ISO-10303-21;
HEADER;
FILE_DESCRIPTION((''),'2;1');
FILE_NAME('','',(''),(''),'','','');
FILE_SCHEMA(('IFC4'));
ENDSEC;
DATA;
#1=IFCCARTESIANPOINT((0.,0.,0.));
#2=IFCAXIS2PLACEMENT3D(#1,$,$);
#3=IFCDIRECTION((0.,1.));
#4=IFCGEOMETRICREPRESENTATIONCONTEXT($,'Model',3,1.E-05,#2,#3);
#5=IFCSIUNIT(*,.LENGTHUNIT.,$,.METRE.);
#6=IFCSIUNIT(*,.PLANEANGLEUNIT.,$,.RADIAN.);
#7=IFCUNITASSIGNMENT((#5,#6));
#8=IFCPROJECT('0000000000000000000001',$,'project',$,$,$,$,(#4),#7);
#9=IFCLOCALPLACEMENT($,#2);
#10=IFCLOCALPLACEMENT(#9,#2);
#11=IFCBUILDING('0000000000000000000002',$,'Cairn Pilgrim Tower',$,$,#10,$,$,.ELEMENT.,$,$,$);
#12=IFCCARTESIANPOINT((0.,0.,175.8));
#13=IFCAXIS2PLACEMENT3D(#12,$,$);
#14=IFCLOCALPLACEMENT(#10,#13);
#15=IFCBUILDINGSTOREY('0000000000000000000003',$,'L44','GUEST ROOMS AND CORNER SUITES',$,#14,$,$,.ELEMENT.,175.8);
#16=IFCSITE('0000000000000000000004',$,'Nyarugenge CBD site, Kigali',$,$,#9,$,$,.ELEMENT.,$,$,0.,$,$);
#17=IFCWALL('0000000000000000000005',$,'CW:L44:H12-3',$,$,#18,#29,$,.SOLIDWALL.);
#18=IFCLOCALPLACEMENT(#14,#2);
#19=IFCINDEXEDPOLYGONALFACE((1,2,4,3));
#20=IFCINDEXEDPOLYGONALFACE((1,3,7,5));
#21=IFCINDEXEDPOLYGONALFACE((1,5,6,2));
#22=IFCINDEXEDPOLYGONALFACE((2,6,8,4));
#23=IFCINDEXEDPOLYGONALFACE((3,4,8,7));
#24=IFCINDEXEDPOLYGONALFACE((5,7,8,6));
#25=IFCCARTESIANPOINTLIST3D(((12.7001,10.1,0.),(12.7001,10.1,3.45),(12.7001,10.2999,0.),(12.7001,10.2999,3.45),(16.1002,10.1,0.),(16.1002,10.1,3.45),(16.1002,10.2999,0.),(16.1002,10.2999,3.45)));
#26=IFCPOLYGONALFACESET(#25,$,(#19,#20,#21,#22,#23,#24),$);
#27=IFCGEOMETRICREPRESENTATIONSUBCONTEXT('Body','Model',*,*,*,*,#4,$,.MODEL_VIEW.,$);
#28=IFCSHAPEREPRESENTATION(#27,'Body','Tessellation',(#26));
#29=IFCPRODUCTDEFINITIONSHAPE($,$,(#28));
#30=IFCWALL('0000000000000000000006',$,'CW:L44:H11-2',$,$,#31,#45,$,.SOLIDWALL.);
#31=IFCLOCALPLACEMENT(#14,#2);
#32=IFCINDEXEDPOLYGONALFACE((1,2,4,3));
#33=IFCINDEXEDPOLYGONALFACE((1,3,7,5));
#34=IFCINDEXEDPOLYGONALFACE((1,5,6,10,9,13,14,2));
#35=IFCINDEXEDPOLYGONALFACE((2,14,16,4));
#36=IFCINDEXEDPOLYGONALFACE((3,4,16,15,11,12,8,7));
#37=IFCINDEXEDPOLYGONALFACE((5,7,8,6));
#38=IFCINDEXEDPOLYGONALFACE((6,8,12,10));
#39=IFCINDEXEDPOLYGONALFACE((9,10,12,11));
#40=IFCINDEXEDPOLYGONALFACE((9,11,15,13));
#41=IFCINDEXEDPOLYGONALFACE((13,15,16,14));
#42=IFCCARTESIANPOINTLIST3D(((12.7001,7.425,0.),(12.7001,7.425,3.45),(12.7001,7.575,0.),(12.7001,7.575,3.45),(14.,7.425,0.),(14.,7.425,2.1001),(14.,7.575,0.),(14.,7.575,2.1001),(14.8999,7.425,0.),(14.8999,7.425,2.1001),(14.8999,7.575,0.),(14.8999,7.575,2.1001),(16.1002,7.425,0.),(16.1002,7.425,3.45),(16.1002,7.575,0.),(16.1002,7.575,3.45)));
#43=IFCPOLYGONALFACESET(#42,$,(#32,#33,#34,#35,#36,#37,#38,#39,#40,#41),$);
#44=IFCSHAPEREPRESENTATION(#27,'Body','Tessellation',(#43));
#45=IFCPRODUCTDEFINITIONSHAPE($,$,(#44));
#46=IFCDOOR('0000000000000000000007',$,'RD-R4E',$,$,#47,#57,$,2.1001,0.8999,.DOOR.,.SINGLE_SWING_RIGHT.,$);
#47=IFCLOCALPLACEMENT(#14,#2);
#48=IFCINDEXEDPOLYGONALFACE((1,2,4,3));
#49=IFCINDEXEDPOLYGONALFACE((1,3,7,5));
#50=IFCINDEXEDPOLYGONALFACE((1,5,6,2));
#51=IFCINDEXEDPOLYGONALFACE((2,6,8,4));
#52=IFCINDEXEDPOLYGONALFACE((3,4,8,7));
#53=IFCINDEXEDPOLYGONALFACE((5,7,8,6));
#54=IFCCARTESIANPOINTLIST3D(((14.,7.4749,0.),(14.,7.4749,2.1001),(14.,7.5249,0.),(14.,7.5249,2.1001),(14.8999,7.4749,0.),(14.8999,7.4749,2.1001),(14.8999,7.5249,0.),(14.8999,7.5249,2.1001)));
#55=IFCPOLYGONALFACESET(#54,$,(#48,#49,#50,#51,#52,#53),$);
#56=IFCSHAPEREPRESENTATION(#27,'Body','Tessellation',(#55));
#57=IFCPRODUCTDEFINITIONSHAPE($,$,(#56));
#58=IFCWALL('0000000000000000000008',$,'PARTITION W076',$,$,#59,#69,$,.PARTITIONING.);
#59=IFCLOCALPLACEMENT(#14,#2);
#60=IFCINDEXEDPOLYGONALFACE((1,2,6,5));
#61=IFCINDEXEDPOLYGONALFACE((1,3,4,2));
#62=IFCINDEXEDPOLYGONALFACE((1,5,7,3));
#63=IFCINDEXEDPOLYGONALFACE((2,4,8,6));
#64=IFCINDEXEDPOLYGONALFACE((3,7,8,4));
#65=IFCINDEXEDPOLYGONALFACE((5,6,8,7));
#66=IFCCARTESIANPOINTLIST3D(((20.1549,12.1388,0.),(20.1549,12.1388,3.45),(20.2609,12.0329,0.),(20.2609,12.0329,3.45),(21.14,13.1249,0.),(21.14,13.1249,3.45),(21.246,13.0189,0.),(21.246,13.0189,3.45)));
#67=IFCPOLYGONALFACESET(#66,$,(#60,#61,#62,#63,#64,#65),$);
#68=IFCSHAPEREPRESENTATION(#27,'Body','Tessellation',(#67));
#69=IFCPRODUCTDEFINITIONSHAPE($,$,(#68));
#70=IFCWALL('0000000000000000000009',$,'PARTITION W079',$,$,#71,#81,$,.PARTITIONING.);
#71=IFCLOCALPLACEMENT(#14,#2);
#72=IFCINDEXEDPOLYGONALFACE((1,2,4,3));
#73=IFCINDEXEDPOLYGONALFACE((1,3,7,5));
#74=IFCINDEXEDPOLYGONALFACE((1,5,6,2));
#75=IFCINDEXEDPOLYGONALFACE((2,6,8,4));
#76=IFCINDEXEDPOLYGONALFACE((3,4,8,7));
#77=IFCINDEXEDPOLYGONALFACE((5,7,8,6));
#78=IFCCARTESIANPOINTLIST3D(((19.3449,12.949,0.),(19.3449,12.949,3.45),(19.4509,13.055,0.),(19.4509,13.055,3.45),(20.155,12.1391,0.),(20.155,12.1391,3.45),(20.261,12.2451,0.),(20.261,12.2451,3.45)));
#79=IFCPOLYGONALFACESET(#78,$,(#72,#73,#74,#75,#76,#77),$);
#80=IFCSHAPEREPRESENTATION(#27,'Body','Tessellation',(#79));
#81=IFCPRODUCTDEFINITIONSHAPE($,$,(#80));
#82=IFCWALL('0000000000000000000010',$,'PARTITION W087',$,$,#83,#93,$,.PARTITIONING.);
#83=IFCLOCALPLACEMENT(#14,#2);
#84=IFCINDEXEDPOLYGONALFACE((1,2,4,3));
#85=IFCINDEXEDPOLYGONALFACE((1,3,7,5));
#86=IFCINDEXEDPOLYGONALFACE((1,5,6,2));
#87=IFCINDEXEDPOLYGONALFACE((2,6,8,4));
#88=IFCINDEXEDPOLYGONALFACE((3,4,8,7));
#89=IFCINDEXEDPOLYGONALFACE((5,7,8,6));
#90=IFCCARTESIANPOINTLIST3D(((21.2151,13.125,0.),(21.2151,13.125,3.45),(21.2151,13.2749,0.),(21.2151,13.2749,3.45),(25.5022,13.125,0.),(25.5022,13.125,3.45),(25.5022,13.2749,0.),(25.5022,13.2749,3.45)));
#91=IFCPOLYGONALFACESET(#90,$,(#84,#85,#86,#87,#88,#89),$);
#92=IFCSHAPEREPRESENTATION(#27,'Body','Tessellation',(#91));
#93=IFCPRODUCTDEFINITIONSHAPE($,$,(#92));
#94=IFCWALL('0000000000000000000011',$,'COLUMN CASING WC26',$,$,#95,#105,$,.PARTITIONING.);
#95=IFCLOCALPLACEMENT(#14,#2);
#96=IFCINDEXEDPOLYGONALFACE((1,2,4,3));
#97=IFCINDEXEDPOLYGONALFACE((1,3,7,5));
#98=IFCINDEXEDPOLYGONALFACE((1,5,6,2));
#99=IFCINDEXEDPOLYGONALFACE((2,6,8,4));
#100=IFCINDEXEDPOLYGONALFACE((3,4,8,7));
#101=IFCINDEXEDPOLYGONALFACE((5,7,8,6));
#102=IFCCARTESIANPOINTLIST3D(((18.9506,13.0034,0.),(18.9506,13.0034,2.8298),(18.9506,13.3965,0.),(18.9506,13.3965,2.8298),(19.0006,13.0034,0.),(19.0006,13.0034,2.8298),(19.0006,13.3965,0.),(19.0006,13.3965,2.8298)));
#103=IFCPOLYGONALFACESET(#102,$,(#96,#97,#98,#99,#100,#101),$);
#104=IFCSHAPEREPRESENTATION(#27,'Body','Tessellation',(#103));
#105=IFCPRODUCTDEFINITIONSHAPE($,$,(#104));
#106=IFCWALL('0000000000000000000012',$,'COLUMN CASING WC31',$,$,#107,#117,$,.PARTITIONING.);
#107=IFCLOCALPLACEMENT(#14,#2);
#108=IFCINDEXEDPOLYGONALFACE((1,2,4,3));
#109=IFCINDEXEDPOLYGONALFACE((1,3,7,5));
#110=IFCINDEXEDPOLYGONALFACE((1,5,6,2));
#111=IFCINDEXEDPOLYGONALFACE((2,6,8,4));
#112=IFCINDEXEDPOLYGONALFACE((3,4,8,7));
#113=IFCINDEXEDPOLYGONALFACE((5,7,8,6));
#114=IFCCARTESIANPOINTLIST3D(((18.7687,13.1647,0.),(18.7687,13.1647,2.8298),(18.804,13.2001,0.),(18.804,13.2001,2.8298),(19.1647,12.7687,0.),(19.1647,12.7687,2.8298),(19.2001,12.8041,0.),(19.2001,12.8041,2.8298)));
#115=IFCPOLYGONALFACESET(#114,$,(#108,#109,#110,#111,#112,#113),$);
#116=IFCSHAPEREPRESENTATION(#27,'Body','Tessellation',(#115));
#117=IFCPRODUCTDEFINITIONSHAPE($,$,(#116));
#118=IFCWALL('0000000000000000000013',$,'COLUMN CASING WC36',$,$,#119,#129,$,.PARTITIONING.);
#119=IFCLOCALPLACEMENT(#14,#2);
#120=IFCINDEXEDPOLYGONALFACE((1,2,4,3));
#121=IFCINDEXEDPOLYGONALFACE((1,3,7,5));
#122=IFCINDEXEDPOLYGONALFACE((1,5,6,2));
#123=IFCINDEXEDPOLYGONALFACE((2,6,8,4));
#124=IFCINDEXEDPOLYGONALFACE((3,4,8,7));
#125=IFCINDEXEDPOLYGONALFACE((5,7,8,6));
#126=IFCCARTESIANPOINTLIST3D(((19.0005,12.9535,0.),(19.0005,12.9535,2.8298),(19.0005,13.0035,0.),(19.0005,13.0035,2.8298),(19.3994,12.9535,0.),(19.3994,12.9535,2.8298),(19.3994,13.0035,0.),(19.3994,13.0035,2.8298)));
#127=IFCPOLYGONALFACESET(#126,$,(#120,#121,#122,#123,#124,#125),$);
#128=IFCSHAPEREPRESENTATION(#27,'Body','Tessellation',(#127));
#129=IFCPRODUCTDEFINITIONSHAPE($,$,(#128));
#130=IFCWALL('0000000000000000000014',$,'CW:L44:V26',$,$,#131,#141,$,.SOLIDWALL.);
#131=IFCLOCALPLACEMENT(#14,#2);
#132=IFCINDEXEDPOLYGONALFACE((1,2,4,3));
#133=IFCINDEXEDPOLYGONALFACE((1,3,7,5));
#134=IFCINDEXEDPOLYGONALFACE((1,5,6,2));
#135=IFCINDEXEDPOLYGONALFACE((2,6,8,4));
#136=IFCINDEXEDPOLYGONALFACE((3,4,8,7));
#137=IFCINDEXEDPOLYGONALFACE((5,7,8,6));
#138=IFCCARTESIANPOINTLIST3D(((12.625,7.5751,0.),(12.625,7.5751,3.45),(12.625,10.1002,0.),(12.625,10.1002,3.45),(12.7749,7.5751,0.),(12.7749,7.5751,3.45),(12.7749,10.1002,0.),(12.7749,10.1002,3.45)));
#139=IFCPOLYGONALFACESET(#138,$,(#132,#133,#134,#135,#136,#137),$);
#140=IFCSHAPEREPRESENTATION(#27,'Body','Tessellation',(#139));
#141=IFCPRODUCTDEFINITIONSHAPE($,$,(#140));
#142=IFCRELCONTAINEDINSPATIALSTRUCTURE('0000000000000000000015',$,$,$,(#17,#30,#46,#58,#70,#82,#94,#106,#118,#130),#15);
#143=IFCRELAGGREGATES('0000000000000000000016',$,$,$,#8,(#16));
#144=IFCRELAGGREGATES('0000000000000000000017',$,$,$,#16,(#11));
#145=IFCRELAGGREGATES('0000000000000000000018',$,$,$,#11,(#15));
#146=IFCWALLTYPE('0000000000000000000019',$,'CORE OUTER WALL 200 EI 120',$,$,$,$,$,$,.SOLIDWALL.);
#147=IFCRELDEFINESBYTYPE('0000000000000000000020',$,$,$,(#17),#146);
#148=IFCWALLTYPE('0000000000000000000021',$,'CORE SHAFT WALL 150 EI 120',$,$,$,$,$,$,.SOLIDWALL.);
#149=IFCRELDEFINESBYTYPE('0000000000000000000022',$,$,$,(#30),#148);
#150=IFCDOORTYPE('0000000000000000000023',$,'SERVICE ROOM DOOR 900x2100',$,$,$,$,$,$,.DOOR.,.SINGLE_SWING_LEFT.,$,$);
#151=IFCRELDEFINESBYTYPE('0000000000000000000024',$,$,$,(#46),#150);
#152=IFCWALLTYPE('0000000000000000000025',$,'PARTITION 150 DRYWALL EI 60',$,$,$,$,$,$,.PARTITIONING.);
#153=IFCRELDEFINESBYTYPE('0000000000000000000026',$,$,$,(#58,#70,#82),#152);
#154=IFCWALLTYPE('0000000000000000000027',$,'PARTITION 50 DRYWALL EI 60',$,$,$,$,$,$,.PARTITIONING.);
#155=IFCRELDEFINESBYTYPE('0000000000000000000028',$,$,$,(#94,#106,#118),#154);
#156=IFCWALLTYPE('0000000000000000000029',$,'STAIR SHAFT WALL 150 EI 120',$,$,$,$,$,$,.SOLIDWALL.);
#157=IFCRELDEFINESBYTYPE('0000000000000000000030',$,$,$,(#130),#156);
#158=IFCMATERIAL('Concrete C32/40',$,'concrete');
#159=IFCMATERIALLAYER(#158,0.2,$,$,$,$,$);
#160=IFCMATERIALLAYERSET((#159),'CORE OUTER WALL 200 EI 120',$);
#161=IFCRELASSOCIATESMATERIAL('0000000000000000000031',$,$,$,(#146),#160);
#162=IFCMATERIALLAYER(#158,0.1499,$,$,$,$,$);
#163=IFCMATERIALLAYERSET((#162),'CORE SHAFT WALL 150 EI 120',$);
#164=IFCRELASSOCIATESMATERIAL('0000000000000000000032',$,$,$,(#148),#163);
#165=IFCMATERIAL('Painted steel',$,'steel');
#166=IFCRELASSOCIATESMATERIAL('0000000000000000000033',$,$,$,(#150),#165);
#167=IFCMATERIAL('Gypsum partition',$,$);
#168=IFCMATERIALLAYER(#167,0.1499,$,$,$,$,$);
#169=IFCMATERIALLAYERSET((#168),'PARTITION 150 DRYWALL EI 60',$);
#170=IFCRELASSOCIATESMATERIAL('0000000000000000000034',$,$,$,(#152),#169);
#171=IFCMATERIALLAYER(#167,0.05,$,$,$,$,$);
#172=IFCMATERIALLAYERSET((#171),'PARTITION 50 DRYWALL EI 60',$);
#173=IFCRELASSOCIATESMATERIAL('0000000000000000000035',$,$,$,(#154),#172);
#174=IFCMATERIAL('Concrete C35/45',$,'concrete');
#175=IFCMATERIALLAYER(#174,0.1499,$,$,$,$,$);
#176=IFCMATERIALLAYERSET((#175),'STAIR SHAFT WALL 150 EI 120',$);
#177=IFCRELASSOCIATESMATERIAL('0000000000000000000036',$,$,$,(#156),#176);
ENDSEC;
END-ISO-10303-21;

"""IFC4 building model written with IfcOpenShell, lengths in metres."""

from ifc_helpers import new_model, si_unit, direction, frame, frame_2d, origin, place, context, subcontext, project, spatial, rectangle, extrude, material, layer, layer_set, type_object, element, fill, save


model = new_model("IFC4")

# Units and contexts
model_context = context("Model", 3, precision=1e-05, world=origin(), true_north=direction((0.0, 1.0)))
body_context = subcontext(model_context, "Body", "Model", "MODEL_VIEW")
ifc_project = project(units=[si_unit("LENGTHUNIT", "METRE"), si_unit("PLANEANGLEUNIT", "RADIAN")], contexts=[model_context])

# Site, building, storey
site_placement = place(None, origin())
site = spatial("IfcSite", under=ifc_project, at=site_placement, Name="Nyarugenge CBD site, Kigali", CompositionType="ELEMENT", RefElevation=0.0)
building_placement = place(site_placement, origin())
building = spatial("IfcBuilding", under=site, at=building_placement, Name="Cairn Pilgrim Tower", CompositionType="ELEMENT")
storey_placement = place(building_placement, frame((0.0, 0.0, 175.8)))
storey = spatial("IfcBuildingStorey", under=building, at=storey_placement, Name="L44", Description="GUEST ROOMS AND CORNER SUITES", CompositionType="ELEMENT", Elevation=175.8)

# Wall
ifc_material_1 = material(Name="Concrete C32/40", Category="concrete")
ifc_layer_1 = layer(ifc_material_1, 0.2)
ifc_layer_set_1 = layer_set([ifc_layer_1], Name="CORE OUTER WALL 200 EI 120")
wall_type_1 = type_object("IfcWallType", Name="CORE OUTER WALL 200 EI 120", PredefinedType="SOLIDWALL", material=ifc_layer_set_1)
wall_1_placement = place(storey_placement, frame((12.7, 10.2, 0.0), z_axis=(0.0, 0.0, 1.0), x_axis=(1.0, 0.0, 0.0)))
element("IfcWall", 1, at=wall_1_placement, inside=storey, type_object=wall_type_1, Name="CW:L44:H12-3", PredefinedType="SOLIDWALL", context=body_context, shape_type="SweptSolid", body=[
    extrude(rectangle(XDim=3.4001, YDim=0.2, at=frame_2d((1.7002, 0.0))), origin(), (0.0, 0.0, 1.0), 3.45),
])

# Wall, opening, door
ifc_layer_2 = layer(ifc_material_1, 0.1499)
ifc_layer_set_2 = layer_set([ifc_layer_2], Name="CORE SHAFT WALL 150 EI 120")
wall_type_2 = type_object("IfcWallType", Name="CORE SHAFT WALL 150 EI 120", PredefinedType="SOLIDWALL", material=ifc_layer_set_2)
wall_2_placement = place(storey_placement, frame((12.7, 7.5, 0.0), z_axis=(0.0, 0.0, 1.0), x_axis=(1.0, 0.0, 0.0)))
wall_2 = element("IfcWall", 2, at=wall_2_placement, inside=storey, type_object=wall_type_2, Name="CW:L44:H11-2", PredefinedType="SOLIDWALL", context=body_context, shape_type="SweptSolid", body=[
    extrude(rectangle(XDim=3.4001, YDim=0.1499, at=frame_2d((1.7002, 0.0))), origin(), (0.0, 0.0, 1.0), 3.45),
])
opening_placement = place(wall_2_placement, frame((1.3, 0.0, 0.0)))
opening = element("IfcOpeningElement", 3, at=opening_placement, cuts=wall_2, PredefinedType="OPENING", context=body_context, shape_type="SweptSolid", body=[
    extrude(rectangle(XDim=0.8999, YDim=2.1001, at=frame_2d((0.45, 1.05))), frame((0.0, 0.085, 0.0), z_axis=(0.0, -1.0, 0.0), x_axis=(1.0, 0.0, 0.0)), (0.0, 0.0, 1.0), 0.1699),
])
ifc_material_2 = material(Name="Painted steel", Category="steel")
door_type = type_object("IfcDoorType", Name="SERVICE ROOM DOOR 900x2100", OperationType="SINGLE_SWING_LEFT", PredefinedType="DOOR", material=ifc_material_2)
door_placement = place(opening_placement, origin())
door = element("IfcDoor", 4, at=door_placement, inside=storey, type_object=door_type, Name="RD-R4E", OperationType="SINGLE_SWING_RIGHT", OverallHeight=2.1001, OverallWidth=0.8999, PredefinedType="DOOR", context=body_context, shape_type="SweptSolid", body=[
    extrude(rectangle(XDim=0.8999, YDim=2.1001, at=frame_2d((0.45, 1.05))), frame((0.0, 0.0249, 0.0), z_axis=(0.0, -1.0, 0.0), x_axis=(1.0, 0.0, 0.0)), (0.0, 0.0, 1.0), 0.05),
])
fill(opening, door)

# Walls
ifc_material_3 = material(Name="Gypsum partition")
ifc_layer_3 = layer(ifc_material_3, 0.1499)
ifc_layer_set_3 = layer_set([ifc_layer_3], Name="PARTITION 150 DRYWALL EI 60")
wall_type_3 = type_object("IfcWallType", Name="PARTITION 150 DRYWALL EI 60", PredefinedType="PARTITIONING", material=ifc_layer_set_3)
wall_3_placement = place(storey_placement, frame((20.208, 12.0859, 0.0), z_axis=(0.0, 0.0, 1.0), x_axis=(0.706756, 0.707457, 0.0)))
element("IfcWall", 5, at=wall_3_placement, inside=storey, type_object=wall_type_3, Name="PARTITION W076", PredefinedType="PARTITIONING", context=body_context, shape_type="SweptSolid", body=[
    extrude(rectangle(XDim=1.3938, YDim=0.1499, at=frame_2d((0.6968, 0.0))), origin(), (0.0, 0.0, 1.0), 3.45),
])
wall_4_placement = place(storey_placement, frame((20.208, 12.1921, 0.0), z_axis=(0.0, 0.0, 1.0), x_axis=(-0.707213, 0.707, 0.0)))
element("IfcWall", 6, at=wall_4_placement, inside=storey, type_object=wall_type_3, Name="PARTITION W079", PredefinedType="PARTITIONING", context=body_context, shape_type="SweptSolid", body=[
    extrude(rectangle(XDim=1.1455, YDim=0.1499, at=frame_2d((0.5728, 0.0))), origin(), (0.0, 0.0, 1.0), 3.45),
])
wall_5_placement = place(storey_placement, frame((21.2151, 13.2, 0.0), z_axis=(0.0, 0.0, 1.0), x_axis=(1.0, 0.0, 0.0)))
element("IfcWall", 7, at=wall_5_placement, inside=storey, type_object=wall_type_3, Name="PARTITION W087", PredefinedType="PARTITIONING", context=body_context, shape_type="SweptSolid", body=[
    extrude(rectangle(XDim=4.2871, YDim=0.1499, at=frame_2d((2.1436, 0.0))), origin(), (0.0, 0.0, 1.0), 3.45),
])
ifc_layer_4 = layer(ifc_material_3, 0.05)
ifc_layer_set_4 = layer_set([ifc_layer_4], Name="PARTITION 50 DRYWALL EI 60")
wall_type_4 = type_object("IfcWallType", Name="PARTITION 50 DRYWALL EI 60", PredefinedType="PARTITIONING", material=ifc_layer_set_4)
wall_6_placement = place(storey_placement, frame((18.9756, 13.0034, 0.0), z_axis=(0.0, 0.0, 1.0), x_axis=(0.0, 1.0, 0.0)))
element("IfcWall", 8, at=wall_6_placement, inside=storey, type_object=wall_type_4, Name="COLUMN CASING WC26", PredefinedType="PARTITIONING", context=body_context, shape_type="SweptSolid", body=[
    extrude(rectangle(XDim=0.3931, YDim=0.05, at=frame_2d((0.1965, 0.0))), origin(), (0.0, 0.0, 1.0), 2.8298),
])
wall_7_placement = place(storey_placement, frame((19.1824, 12.7864, 0.0), z_axis=(0.0, 0.0, 1.0), x_axis=(-0.707107, 0.707107, 0.0)))
element("IfcWall", 9, at=wall_7_placement, inside=storey, type_object=wall_type_4, Name="COLUMN CASING WC31", PredefinedType="PARTITIONING", context=body_context, shape_type="SweptSolid", body=[
    extrude(rectangle(XDim=0.5601, YDim=0.05, at=frame_2d((0.28, 0.0))), origin(), (0.0, 0.0, 1.0), 2.8298),
])
wall_8_placement = place(storey_placement, frame((19.0005, 12.9785, 0.0), z_axis=(0.0, 0.0, 1.0), x_axis=(1.0, 0.0, 0.0)))
element("IfcWall", 10, at=wall_8_placement, inside=storey, type_object=wall_type_4, Name="COLUMN CASING WC36", PredefinedType="PARTITIONING", context=body_context, shape_type="SweptSolid", body=[
    extrude(rectangle(XDim=0.3989, YDim=0.05, at=frame_2d((0.1995, 0.0))), origin(), (0.0, 0.0, 1.0), 2.8298),
])
ifc_material_4 = material(Name="Concrete C35/45", Category="concrete")
ifc_layer_5 = layer(ifc_material_4, 0.1499)
ifc_layer_set_5 = layer_set([ifc_layer_5], Name="STAIR SHAFT WALL 150 EI 120")
wall_type_5 = type_object("IfcWallType", Name="STAIR SHAFT WALL 150 EI 120", PredefinedType="SOLIDWALL", material=ifc_layer_set_5)
wall_9_placement = place(storey_placement, frame((12.7, 7.575, 0.0), z_axis=(0.0, 0.0, 1.0), x_axis=(0.0, 1.0, 0.0)))
element("IfcWall", 11, at=wall_9_placement, inside=storey, type_object=wall_type_5, Name="CW:L44:V26", PredefinedType="SOLIDWALL", context=body_context, shape_type="SweptSolid", body=[
    extrude(rectangle(XDim=2.5251, YDim=0.1499, at=frame_2d((1.2627, 0.0))), origin(), (0.0, 0.0, 1.0), 3.45),
])

save(model, "model.ifc")
